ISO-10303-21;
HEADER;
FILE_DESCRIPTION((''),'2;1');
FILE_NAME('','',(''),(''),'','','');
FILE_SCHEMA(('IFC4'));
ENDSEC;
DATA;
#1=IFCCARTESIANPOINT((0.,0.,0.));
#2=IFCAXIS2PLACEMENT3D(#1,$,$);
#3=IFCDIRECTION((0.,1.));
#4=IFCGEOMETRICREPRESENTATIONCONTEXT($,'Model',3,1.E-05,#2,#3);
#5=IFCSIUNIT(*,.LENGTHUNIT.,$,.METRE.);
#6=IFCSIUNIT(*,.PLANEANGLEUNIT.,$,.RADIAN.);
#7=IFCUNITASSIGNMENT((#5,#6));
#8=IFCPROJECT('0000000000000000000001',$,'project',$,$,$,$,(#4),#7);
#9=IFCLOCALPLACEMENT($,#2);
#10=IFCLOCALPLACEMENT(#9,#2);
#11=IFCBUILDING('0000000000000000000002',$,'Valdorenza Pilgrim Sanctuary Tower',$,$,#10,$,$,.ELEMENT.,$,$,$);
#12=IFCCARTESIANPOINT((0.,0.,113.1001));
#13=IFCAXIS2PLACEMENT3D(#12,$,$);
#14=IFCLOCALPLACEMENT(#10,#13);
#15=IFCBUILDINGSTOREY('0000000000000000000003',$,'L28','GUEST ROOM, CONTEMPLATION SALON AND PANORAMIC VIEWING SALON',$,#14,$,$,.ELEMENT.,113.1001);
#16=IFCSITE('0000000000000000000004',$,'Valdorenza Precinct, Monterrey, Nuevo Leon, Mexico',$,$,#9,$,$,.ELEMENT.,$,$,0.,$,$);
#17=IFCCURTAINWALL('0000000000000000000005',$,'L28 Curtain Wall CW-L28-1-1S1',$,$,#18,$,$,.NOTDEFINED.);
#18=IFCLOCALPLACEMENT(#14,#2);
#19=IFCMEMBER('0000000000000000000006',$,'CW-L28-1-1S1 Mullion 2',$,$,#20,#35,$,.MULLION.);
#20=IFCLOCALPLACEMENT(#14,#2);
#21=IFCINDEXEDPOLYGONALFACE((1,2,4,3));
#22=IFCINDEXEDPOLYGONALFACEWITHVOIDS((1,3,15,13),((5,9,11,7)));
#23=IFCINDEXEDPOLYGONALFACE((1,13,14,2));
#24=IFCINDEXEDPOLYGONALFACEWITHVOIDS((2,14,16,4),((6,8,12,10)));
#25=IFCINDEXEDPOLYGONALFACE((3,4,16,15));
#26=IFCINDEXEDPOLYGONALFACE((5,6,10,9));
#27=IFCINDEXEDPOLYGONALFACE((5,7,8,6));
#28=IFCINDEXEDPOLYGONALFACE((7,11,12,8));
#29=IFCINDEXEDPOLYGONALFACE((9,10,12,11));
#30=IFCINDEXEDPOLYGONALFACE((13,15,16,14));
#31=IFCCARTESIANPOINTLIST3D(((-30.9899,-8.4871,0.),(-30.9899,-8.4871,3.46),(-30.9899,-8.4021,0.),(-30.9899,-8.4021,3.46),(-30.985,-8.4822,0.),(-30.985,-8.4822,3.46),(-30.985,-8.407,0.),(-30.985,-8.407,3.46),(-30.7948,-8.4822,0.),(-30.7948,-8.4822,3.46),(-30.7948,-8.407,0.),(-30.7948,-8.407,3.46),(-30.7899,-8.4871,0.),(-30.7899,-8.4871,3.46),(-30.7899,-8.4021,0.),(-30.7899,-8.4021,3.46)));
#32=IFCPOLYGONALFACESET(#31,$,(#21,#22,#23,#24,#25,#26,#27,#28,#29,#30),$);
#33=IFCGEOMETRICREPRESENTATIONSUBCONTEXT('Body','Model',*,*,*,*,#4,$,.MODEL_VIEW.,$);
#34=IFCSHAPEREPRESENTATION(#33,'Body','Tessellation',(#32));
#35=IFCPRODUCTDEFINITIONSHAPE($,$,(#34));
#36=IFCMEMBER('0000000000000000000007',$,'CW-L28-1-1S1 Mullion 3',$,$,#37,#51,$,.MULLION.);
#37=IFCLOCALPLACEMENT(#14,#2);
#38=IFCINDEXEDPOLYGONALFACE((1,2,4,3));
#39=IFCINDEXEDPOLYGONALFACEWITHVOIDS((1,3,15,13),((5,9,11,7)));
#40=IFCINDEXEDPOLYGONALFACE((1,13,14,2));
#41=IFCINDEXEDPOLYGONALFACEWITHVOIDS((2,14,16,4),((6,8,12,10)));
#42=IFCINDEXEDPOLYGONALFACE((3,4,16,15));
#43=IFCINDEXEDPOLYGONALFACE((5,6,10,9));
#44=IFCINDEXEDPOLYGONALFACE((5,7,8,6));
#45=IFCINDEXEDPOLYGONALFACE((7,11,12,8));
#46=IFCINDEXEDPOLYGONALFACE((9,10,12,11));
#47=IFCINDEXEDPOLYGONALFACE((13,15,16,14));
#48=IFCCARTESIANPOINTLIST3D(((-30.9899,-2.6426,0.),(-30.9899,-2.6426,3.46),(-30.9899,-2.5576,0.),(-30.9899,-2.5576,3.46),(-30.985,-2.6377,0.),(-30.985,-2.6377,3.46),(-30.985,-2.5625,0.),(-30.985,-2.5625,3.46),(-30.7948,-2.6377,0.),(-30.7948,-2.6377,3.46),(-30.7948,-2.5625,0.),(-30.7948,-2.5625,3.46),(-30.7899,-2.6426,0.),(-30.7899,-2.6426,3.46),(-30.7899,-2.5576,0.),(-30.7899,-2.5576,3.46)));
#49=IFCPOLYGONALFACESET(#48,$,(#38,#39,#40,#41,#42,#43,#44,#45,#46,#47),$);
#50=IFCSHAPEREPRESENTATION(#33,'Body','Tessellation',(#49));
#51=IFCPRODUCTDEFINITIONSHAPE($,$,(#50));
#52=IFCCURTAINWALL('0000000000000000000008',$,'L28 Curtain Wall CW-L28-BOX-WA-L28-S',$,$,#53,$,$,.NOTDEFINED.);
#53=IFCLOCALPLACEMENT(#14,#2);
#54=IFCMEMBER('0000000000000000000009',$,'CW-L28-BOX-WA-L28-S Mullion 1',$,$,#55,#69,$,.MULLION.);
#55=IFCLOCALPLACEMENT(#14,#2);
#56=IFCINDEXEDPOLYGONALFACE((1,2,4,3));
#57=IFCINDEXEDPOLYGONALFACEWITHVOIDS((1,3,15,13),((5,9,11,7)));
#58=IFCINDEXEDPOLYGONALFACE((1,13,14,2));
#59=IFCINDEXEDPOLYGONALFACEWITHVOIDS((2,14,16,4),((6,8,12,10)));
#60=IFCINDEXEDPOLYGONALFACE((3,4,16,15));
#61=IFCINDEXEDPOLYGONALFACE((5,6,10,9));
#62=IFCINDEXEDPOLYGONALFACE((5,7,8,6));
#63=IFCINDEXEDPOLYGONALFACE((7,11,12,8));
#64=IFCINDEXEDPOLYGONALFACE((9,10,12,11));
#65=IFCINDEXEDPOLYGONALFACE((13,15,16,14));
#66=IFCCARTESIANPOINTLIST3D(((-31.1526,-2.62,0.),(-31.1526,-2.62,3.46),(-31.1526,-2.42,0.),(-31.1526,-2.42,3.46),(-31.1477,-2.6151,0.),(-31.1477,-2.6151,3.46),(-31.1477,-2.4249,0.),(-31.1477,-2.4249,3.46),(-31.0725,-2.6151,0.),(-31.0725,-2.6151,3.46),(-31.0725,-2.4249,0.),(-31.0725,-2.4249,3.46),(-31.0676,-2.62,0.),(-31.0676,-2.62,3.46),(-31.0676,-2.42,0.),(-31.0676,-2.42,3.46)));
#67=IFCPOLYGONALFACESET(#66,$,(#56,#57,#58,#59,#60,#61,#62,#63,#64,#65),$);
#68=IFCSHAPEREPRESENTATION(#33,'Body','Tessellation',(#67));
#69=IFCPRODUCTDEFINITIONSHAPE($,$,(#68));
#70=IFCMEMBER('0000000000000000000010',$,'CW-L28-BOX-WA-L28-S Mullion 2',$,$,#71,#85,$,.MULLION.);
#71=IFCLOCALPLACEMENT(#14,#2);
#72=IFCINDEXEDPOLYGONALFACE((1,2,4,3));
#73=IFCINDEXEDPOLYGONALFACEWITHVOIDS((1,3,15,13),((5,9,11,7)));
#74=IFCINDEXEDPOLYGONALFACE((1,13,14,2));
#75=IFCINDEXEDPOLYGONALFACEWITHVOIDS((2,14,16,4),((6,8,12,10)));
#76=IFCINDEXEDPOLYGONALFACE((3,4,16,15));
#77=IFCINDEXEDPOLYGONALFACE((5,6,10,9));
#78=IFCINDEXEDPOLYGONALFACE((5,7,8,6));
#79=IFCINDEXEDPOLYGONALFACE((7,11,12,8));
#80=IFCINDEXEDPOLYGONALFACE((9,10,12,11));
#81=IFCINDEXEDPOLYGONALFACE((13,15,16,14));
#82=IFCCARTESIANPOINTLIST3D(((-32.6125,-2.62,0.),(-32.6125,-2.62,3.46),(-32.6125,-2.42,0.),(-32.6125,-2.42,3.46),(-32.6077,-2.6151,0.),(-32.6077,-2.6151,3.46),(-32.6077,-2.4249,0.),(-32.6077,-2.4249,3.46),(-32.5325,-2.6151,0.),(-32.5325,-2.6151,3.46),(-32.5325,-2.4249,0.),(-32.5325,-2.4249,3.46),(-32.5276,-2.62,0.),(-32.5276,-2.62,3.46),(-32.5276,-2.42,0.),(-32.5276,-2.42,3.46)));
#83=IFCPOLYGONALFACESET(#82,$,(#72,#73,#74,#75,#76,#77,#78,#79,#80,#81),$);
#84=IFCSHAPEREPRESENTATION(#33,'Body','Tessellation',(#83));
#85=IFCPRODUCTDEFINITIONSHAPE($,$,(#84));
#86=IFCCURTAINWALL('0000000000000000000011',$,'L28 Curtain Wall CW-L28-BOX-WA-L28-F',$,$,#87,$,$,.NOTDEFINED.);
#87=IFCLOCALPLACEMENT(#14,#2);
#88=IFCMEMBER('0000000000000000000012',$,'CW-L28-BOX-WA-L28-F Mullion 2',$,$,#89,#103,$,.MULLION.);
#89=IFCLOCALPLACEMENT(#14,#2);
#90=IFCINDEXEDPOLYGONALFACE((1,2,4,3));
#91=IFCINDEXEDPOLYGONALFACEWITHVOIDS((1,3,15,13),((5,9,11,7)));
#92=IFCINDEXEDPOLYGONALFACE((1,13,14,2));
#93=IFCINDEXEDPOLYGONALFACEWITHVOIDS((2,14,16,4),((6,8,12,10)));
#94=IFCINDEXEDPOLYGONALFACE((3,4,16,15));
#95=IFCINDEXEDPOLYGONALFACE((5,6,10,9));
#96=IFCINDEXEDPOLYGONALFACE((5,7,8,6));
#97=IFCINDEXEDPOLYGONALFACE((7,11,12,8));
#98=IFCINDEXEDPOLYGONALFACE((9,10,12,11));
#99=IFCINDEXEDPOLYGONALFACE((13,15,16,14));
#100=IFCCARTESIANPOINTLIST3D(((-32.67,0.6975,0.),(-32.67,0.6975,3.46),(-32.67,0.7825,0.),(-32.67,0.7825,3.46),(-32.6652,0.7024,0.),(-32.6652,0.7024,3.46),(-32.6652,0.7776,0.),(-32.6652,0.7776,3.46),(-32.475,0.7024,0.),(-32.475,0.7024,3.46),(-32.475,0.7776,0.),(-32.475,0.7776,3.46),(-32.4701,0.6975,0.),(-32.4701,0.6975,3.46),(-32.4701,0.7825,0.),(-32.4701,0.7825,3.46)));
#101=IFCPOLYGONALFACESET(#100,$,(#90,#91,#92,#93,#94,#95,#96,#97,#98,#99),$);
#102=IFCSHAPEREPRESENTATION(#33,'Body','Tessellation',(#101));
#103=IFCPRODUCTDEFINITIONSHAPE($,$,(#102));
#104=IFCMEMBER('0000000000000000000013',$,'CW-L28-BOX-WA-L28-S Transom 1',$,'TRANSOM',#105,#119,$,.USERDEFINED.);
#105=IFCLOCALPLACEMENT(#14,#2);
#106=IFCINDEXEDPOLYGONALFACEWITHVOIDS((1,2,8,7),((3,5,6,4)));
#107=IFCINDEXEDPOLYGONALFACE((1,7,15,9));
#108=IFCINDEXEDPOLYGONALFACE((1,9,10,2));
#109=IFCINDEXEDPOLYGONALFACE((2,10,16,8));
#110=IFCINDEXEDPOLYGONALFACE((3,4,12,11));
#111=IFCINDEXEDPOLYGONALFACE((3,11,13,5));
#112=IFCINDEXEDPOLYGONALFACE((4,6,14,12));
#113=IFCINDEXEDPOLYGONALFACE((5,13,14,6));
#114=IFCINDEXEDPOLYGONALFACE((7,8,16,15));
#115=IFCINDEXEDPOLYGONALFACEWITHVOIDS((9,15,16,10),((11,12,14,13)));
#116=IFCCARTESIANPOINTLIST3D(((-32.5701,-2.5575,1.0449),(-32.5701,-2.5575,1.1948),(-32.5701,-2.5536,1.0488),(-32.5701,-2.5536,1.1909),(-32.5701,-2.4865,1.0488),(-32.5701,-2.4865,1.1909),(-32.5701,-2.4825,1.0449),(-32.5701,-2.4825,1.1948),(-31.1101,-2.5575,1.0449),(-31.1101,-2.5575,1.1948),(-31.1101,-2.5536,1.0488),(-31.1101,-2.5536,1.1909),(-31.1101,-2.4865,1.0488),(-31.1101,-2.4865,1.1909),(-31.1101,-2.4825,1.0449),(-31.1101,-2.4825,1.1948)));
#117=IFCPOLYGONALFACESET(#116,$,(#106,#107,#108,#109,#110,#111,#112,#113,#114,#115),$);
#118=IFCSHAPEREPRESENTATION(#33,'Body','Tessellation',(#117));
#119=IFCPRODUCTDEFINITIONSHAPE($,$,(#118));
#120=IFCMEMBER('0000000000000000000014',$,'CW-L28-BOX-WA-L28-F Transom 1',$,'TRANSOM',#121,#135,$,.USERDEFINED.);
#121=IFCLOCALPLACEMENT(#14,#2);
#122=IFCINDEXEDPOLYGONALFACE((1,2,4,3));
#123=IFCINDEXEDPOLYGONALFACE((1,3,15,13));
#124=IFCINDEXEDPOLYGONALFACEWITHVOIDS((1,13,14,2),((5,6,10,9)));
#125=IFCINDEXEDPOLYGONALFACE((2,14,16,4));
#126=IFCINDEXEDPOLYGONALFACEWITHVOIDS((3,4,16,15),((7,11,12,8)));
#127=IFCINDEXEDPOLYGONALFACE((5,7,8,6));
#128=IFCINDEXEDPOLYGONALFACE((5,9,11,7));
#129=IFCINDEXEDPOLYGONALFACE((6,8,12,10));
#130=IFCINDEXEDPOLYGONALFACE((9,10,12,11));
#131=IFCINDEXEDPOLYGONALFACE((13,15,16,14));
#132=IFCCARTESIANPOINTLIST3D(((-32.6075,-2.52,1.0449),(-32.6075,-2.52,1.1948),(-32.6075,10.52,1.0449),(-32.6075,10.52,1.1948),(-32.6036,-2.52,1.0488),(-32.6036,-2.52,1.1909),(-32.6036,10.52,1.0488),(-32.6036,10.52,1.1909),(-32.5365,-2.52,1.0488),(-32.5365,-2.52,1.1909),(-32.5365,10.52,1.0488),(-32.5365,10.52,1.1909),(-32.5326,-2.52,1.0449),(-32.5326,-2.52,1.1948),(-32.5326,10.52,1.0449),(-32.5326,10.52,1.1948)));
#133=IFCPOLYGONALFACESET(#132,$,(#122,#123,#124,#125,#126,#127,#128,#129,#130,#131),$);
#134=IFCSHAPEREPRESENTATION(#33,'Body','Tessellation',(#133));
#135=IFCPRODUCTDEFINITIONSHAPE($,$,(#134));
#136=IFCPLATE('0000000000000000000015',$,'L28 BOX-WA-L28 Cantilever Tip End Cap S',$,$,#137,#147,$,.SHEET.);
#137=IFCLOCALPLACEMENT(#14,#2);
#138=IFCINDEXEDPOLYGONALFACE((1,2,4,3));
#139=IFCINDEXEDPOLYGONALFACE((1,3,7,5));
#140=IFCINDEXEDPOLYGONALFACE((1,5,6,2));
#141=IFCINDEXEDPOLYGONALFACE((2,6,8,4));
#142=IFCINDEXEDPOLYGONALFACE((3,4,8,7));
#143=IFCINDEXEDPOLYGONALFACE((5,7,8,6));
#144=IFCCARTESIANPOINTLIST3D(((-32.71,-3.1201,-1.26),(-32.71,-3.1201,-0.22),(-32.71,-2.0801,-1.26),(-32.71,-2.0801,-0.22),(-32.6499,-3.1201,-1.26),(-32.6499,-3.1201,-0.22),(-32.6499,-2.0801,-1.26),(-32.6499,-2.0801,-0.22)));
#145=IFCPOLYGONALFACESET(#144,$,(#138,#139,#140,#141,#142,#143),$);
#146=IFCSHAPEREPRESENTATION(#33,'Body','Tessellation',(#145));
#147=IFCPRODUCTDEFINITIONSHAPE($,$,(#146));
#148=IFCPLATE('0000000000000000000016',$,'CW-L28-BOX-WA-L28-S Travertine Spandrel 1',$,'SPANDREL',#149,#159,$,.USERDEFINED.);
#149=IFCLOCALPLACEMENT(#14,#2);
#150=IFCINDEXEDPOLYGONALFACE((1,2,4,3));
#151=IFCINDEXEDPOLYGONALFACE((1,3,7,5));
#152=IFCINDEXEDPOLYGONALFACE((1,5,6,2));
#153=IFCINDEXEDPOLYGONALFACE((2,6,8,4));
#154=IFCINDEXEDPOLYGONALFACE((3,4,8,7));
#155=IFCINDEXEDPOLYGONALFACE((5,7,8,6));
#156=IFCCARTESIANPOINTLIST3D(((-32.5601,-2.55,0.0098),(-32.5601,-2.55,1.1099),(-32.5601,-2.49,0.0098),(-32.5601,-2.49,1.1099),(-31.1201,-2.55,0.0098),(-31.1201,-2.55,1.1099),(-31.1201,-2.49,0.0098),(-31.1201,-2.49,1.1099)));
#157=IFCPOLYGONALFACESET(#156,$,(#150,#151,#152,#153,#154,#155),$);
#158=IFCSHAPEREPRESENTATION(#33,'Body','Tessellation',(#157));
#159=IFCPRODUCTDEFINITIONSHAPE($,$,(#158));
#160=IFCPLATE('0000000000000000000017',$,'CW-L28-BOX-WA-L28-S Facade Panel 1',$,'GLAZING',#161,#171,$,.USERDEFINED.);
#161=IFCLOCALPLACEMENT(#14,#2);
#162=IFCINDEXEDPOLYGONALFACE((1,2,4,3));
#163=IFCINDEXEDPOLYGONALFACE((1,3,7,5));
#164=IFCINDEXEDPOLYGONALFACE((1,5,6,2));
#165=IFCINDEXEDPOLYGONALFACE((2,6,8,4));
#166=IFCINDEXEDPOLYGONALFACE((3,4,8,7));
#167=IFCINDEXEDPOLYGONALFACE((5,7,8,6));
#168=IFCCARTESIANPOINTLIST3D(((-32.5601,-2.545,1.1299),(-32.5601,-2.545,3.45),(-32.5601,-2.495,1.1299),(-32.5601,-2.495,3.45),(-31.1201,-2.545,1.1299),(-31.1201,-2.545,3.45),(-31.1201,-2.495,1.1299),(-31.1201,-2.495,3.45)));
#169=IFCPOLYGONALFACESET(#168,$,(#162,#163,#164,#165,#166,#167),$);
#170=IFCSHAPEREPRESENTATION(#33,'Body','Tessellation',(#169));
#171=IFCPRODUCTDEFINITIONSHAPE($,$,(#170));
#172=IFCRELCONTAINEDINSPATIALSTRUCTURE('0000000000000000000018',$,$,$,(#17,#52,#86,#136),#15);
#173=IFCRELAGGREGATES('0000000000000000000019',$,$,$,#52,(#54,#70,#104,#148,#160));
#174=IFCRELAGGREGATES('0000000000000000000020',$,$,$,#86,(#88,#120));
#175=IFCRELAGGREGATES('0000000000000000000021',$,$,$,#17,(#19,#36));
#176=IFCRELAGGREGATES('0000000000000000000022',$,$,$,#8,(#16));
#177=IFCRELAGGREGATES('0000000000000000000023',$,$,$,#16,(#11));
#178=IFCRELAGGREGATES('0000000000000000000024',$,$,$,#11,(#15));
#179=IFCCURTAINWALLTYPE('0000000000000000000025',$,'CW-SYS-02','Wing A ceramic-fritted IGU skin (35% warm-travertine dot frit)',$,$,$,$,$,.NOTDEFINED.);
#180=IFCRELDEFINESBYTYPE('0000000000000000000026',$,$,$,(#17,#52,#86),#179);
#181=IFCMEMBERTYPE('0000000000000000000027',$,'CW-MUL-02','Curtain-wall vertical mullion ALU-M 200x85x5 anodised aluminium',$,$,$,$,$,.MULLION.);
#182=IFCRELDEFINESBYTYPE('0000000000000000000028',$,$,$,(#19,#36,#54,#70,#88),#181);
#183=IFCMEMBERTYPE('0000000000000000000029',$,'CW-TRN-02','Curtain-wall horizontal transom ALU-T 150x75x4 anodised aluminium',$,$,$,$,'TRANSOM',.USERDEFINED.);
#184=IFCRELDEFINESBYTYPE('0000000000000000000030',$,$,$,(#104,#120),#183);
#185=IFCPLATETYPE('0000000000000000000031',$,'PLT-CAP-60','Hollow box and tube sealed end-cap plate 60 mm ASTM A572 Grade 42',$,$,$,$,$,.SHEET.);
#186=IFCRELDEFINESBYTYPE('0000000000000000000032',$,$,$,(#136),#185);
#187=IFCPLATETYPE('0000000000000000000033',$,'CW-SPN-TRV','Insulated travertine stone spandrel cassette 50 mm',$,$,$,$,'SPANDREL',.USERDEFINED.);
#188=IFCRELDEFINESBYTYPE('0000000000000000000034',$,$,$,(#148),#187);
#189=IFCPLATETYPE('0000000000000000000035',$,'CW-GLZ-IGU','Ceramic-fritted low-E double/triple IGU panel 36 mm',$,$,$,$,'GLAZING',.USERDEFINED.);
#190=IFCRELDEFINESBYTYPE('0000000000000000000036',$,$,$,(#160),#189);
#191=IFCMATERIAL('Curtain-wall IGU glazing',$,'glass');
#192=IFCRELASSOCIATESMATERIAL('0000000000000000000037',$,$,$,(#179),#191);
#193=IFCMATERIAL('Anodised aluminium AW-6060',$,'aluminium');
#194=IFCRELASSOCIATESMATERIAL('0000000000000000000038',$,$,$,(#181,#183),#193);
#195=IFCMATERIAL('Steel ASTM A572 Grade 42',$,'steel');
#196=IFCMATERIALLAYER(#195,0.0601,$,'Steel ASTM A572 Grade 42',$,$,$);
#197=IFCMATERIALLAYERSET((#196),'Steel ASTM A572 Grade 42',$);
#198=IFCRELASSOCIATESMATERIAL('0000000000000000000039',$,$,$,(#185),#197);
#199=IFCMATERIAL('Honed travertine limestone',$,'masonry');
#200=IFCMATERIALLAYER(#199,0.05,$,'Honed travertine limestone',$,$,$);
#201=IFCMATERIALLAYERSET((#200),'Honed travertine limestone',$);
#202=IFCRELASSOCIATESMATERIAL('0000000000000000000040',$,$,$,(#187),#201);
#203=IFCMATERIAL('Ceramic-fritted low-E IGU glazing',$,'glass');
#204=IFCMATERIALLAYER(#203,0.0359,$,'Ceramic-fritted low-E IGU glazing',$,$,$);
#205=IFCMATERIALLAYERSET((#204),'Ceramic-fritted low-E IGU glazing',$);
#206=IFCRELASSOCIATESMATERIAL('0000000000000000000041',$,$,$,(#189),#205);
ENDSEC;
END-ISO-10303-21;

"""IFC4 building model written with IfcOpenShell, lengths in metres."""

from ifc_helpers import new_model, si_unit, direction, frame, origin, origin_2d, place, context, subcontext, project, spatial, rectangle, hollow_rectangle, extrude, source, transform, mapped, material, layer, layer_set, material_profile, profile_set, type_object, element, aggregate, save


model = new_model("IFC4")

# Units and contexts
model_context = context("Model", 3, precision=1e-05, world=origin(), true_north=direction((0.0, 1.0)))
body_context = subcontext(model_context, "Body", "Model", "MODEL_VIEW")
ifc_project = project(units=[si_unit("LENGTHUNIT", "METRE"), si_unit("PLANEANGLEUNIT", "RADIAN")], contexts=[model_context])

# Site, building, storey
site_placement = place(None, origin())
site = spatial("IfcSite", under=ifc_project, at=site_placement, Name="Valdorenza Precinct, Monterrey, Nuevo Leon, Mexico", CompositionType="ELEMENT", RefElevation=0.0)
building_placement = place(site_placement, origin())
building = spatial("IfcBuilding", under=site, at=building_placement, Name="Valdorenza Pilgrim Sanctuary Tower", CompositionType="ELEMENT")
storey_placement = place(building_placement, frame((0.0, 0.0, 113.1001)))
storey = spatial("IfcBuildingStorey", under=building, at=storey_placement, Name="L28", Description="GUEST ROOM, CONTEMPLATION SALON AND PANORAMIC VIEWING SALON", CompositionType="ELEMENT", Elevation=113.1001)

# Shared definitions
ifc_material_1 = material(Name="Steel ASTM A572 Grade 42", Category="steel")

# Curtain walls, members
ifc_material_2 = material(Name="Curtain-wall IGU glazing", Category="glass")
curtain_wall_type = type_object("IfcCurtainWallType", Name="CW-SYS-02", Description="Wing A ceramic-fritted IGU skin (35% warm-travertine dot frit)", PredefinedType="NOTDEFINED", material=ifc_material_2)
curtain_wall_1_placement = place(storey_placement, origin())
curtain_wall_1 = element("IfcCurtainWall", 1, at=curtain_wall_1_placement, inside=storey, type_object=curtain_wall_type, Name="L28 Curtain Wall CW-L28-1-1S1", PredefinedType="NOTDEFINED")
ifc_material_3 = material(Name="Anodised aluminium AW-6060", Category="aluminium")
ifc_material_profile_1 = material_profile(ifc_material_3, hollow_rectangle(XDim=0.085, YDim=0.2, WallThickness=0.0049, at=origin_2d()), Name="ALU-M 200x85x5")
ifc_profile_set_1 = profile_set([ifc_material_profile_1], Name="Anodised aluminium AW-6060")
member_type_1 = type_object("IfcMemberType", Name="CW-MUL-02", Description="Curtain-wall vertical mullion ALU-M 200x85x5 anodised aluminium", PredefinedType="MULLION", material=ifc_profile_set_1)
shared_shape_1 = source(origin(), body_context, "Body", "SweptSolid", [
    extrude(hollow_rectangle(XDim=0.085, YDim=0.2, WallThickness=0.0049, at=origin_2d()), origin(), (0.0, 0.0, 1.0), 3.46),
])
member_1_placement = place(storey_placement, frame((-30.8899, -8.4446, 0.0), z_axis=(0.0, 0.0, 1.0), x_axis=(0.0, 1.0, 0.0)))
member_1 = element("IfcMember", 2, at=member_1_placement, type_object=member_type_1, Name="CW-L28-1-1S1 Mullion 2", PredefinedType="MULLION", context=body_context, shape_type="MappedRepresentation", body=[
    mapped(shared_shape_1, transform((0.0, 0.0, 0.0), x_axis=(1.0, 0.0, 0.0), y_axis=(0.0, 1.0, 0.0), z_axis=(0.0, 0.0, 1.0), scale=1.0)),
])
member_2_placement = place(storey_placement, frame((-30.8899, -2.6001, 0.0), z_axis=(0.0, 0.0, 1.0), x_axis=(0.0, 1.0, 0.0)))
member_2 = element("IfcMember", 3, at=member_2_placement, type_object=member_type_1, Name="CW-L28-1-1S1 Mullion 3", PredefinedType="MULLION", context=body_context, shape_type="MappedRepresentation", body=[
    mapped(shared_shape_1, transform((0.0, 0.0, 0.0), x_axis=(1.0, 0.0, 0.0), y_axis=(0.0, 1.0, 0.0), z_axis=(0.0, 0.0, 1.0), scale=1.0)),
])
curtain_wall_2_placement = place(storey_placement, origin())
curtain_wall_2 = element("IfcCurtainWall", 4, at=curtain_wall_2_placement, inside=storey, type_object=curtain_wall_type, Name="L28 Curtain Wall CW-L28-BOX-WA-L28-S", PredefinedType="NOTDEFINED")
member_3_placement = place(storey_placement, frame((-31.1101, -2.52, 0.0), z_axis=(0.0, 0.0, 1.0), x_axis=(-1.0, 0.0, 0.0)))
member_3 = element("IfcMember", 5, at=member_3_placement, type_object=member_type_1, Name="CW-L28-BOX-WA-L28-S Mullion 1", PredefinedType="MULLION", context=body_context, shape_type="MappedRepresentation", body=[
    mapped(shared_shape_1, transform((0.0, 0.0, 0.0), x_axis=(1.0, 0.0, 0.0), y_axis=(0.0, 1.0, 0.0), z_axis=(0.0, 0.0, 1.0), scale=1.0)),
])
member_4_placement = place(storey_placement, frame((-32.5701, -2.52, 0.0), z_axis=(0.0, 0.0, 1.0), x_axis=(-1.0, 0.0, 0.0)))
member_4 = element("IfcMember", 6, at=member_4_placement, type_object=member_type_1, Name="CW-L28-BOX-WA-L28-S Mullion 2", PredefinedType="MULLION", context=body_context, shape_type="MappedRepresentation", body=[
    mapped(shared_shape_1, transform((0.0, 0.0, 0.0), x_axis=(1.0, 0.0, 0.0), y_axis=(0.0, 1.0, 0.0), z_axis=(0.0, 0.0, 1.0), scale=1.0)),
])

# Curtain wall, member
curtain_wall_3_placement = place(storey_placement, origin())
curtain_wall_3 = element("IfcCurtainWall", 7, at=curtain_wall_3_placement, inside=storey, type_object=curtain_wall_type, Name="L28 Curtain Wall CW-L28-BOX-WA-L28-F", PredefinedType="NOTDEFINED")
member_5_placement = place(storey_placement, frame((-32.5701, 0.74, 0.0), z_axis=(0.0, 0.0, 1.0), x_axis=(0.0, 1.0, 0.0)))
member_5 = element("IfcMember", 8, at=member_5_placement, type_object=member_type_1, Name="CW-L28-BOX-WA-L28-F Mullion 2", PredefinedType="MULLION", context=body_context, shape_type="MappedRepresentation", body=[
    mapped(shared_shape_1, transform((0.0, 0.0, 0.0), x_axis=(1.0, 0.0, 0.0), y_axis=(0.0, 1.0, 0.0), z_axis=(0.0, 0.0, 1.0), scale=1.0)),
])

# Members
ifc_material_profile_2 = material_profile(ifc_material_3, hollow_rectangle(XDim=0.075, YDim=0.1499, WallThickness=0.0039, at=origin_2d()), Name="ALU-T 150x75x4")
ifc_profile_set_2 = profile_set([ifc_material_profile_2], Name="Anodised aluminium AW-6060")
member_type_2 = type_object("IfcMemberType", Name="CW-TRN-02", Description="Curtain-wall horizontal transom ALU-T 150x75x4 anodised aluminium", ElementType="TRANSOM", PredefinedType="USERDEFINED", material=ifc_profile_set_2)
shared_shape_2 = source(origin(), body_context, "Body", "SweptSolid", [
    extrude(hollow_rectangle(XDim=0.075, YDim=0.1499, WallThickness=0.0039, at=origin_2d()), origin(), (0.0, 0.0, 1.0), 1.46),
])
member_6_placement = place(storey_placement, frame((-31.1101, -2.52, 1.1199), z_axis=(-1.0, 0.0, 0.0), x_axis=(0.0, -1.0, 0.0)))
member_6 = element("IfcMember", 9, at=member_6_placement, type_object=member_type_2, Name="CW-L28-BOX-WA-L28-S Transom 1", ObjectType="TRANSOM", PredefinedType="USERDEFINED", context=body_context, shape_type="MappedRepresentation", body=[
    mapped(shared_shape_2, transform((0.0, 0.0, 0.0), x_axis=(1.0, 0.0, 0.0), y_axis=(0.0, 1.0, 0.0), z_axis=(0.0, 0.0, 1.0), scale=1.0)),
])
shared_shape_3 = source(origin(), body_context, "Body", "SweptSolid", [
    extrude(hollow_rectangle(XDim=0.075, YDim=0.1499, WallThickness=0.0039, at=origin_2d()), origin(), (0.0, 0.0, 1.0), 13.04),
])
member_7_placement = place(storey_placement, frame((-32.5701, -2.52, 1.1199), z_axis=(0.0, 1.0, 0.0), x_axis=(-1.0, 0.0, 0.0)))
member_7 = element("IfcMember", 10, at=member_7_placement, type_object=member_type_2, Name="CW-L28-BOX-WA-L28-F Transom 1", ObjectType="TRANSOM", PredefinedType="USERDEFINED", context=body_context, shape_type="MappedRepresentation", body=[
    mapped(shared_shape_3, transform((0.0, 0.0, 0.0), x_axis=(1.0, 0.0, 0.0), y_axis=(0.0, 1.0, 0.0), z_axis=(0.0, 0.0, 1.0), scale=1.0)),
])

# Plates
ifc_layer_1 = layer(ifc_material_1, 0.0601, Name="Steel ASTM A572 Grade 42")
ifc_layer_set_1 = layer_set([ifc_layer_1], Name="Steel ASTM A572 Grade 42")
plate_type_1 = type_object("IfcPlateType", Name="PLT-CAP-60", Description="Hollow box and tube sealed end-cap plate 60 mm ASTM A572 Grade 42", PredefinedType="SHEET", material=ifc_layer_set_1)
shared_shape_4 = source(origin(), body_context, "Body", "SweptSolid", [
    extrude(rectangle(XDim=0.0601, YDim=1.04, at=origin_2d()), origin(), (0.0, 0.0, 1.0), 1.04),
])
plate_1_placement = place(storey_placement, frame((-32.6799, -2.6001, -1.26), z_axis=(0.0, 0.0, 1.0), x_axis=(1.0, 0.0, 0.0)))
element("IfcPlate", 11, at=plate_1_placement, inside=storey, type_object=plate_type_1, Name="L28 BOX-WA-L28 Cantilever Tip End Cap S", PredefinedType="SHEET", context=body_context, shape_type="MappedRepresentation", body=[
    mapped(shared_shape_4, transform((0.0, 0.0, 0.0), x_axis=(1.0, 0.0, 0.0), y_axis=(0.0, 1.0, 0.0), z_axis=(0.0, 0.0, 1.0), scale=1.0)),
])
ifc_material_4 = material(Name="Honed travertine limestone", Category="masonry")
ifc_layer_2 = layer(ifc_material_4, 0.05, Name="Honed travertine limestone")
ifc_layer_set_2 = layer_set([ifc_layer_2], Name="Honed travertine limestone")
plate_type_2 = type_object("IfcPlateType", Name="CW-SPN-TRV", Description="Insulated travertine stone spandrel cassette 50 mm", ElementType="SPANDREL", PredefinedType="USERDEFINED", material=ifc_layer_set_2)
shared_shape_5 = source(origin(), body_context, "Body", "SweptSolid", [
    extrude(rectangle(XDim=1.4399, YDim=0.0601, at=origin_2d()), origin(), (0.0, 0.0, 1.0), 1.1001),
])
plate_2_placement = place(storey_placement, frame((-31.8401, -2.52, 0.0098), z_axis=(0.0, 0.0, 1.0), x_axis=(-1.0, 0.0, 0.0)))
plate_2 = element("IfcPlate", 12, at=plate_2_placement, type_object=plate_type_2, Name="CW-L28-BOX-WA-L28-S Travertine Spandrel 1", ObjectType="SPANDREL", PredefinedType="USERDEFINED", context=body_context, shape_type="MappedRepresentation", body=[
    mapped(shared_shape_5, transform((0.0, 0.0, 0.0), x_axis=(1.0, 0.0, 0.0), y_axis=(0.0, 1.0, 0.0), z_axis=(0.0, 0.0, 1.0), scale=1.0)),
])
ifc_material_5 = material(Name="Ceramic-fritted low-E IGU glazing", Category="glass")
ifc_layer_3 = layer(ifc_material_5, 0.0359, Name="Ceramic-fritted low-E IGU glazing")
ifc_layer_set_3 = layer_set([ifc_layer_3], Name="Ceramic-fritted low-E IGU glazing")
plate_type_3 = type_object("IfcPlateType", Name="CW-GLZ-IGU", Description="Ceramic-fritted low-E double/triple IGU panel 36 mm", ElementType="GLAZING", PredefinedType="USERDEFINED", material=ifc_layer_set_3)
shared_shape_6 = source(origin(), body_context, "Body", "SweptSolid", [
    extrude(rectangle(XDim=1.4399, YDim=0.05, at=origin_2d()), origin(), (0.0, 0.0, 1.0), 2.3201),
])
plate_3_placement = place(storey_placement, frame((-31.8401, -2.52, 1.1299), z_axis=(0.0, 0.0, 1.0), x_axis=(-1.0, 0.0, 0.0)))
plate_3 = element("IfcPlate", 13, at=plate_3_placement, type_object=plate_type_3, Name="CW-L28-BOX-WA-L28-S Facade Panel 1", ObjectType="GLAZING", PredefinedType="USERDEFINED", context=body_context, shape_type="MappedRepresentation", body=[
    mapped(shared_shape_6, transform((0.0, 0.0, 0.0), x_axis=(1.0, 0.0, 0.0), y_axis=(0.0, 1.0, 0.0), z_axis=(0.0, 0.0, 1.0), scale=1.0)),
])
aggregate(curtain_wall_2, [member_3, member_4, member_6, plate_2, plate_3])
aggregate(curtain_wall_3, [member_5, member_7])
aggregate(curtain_wall_1, [member_1, member_2])

save(model, "model.ifc")
